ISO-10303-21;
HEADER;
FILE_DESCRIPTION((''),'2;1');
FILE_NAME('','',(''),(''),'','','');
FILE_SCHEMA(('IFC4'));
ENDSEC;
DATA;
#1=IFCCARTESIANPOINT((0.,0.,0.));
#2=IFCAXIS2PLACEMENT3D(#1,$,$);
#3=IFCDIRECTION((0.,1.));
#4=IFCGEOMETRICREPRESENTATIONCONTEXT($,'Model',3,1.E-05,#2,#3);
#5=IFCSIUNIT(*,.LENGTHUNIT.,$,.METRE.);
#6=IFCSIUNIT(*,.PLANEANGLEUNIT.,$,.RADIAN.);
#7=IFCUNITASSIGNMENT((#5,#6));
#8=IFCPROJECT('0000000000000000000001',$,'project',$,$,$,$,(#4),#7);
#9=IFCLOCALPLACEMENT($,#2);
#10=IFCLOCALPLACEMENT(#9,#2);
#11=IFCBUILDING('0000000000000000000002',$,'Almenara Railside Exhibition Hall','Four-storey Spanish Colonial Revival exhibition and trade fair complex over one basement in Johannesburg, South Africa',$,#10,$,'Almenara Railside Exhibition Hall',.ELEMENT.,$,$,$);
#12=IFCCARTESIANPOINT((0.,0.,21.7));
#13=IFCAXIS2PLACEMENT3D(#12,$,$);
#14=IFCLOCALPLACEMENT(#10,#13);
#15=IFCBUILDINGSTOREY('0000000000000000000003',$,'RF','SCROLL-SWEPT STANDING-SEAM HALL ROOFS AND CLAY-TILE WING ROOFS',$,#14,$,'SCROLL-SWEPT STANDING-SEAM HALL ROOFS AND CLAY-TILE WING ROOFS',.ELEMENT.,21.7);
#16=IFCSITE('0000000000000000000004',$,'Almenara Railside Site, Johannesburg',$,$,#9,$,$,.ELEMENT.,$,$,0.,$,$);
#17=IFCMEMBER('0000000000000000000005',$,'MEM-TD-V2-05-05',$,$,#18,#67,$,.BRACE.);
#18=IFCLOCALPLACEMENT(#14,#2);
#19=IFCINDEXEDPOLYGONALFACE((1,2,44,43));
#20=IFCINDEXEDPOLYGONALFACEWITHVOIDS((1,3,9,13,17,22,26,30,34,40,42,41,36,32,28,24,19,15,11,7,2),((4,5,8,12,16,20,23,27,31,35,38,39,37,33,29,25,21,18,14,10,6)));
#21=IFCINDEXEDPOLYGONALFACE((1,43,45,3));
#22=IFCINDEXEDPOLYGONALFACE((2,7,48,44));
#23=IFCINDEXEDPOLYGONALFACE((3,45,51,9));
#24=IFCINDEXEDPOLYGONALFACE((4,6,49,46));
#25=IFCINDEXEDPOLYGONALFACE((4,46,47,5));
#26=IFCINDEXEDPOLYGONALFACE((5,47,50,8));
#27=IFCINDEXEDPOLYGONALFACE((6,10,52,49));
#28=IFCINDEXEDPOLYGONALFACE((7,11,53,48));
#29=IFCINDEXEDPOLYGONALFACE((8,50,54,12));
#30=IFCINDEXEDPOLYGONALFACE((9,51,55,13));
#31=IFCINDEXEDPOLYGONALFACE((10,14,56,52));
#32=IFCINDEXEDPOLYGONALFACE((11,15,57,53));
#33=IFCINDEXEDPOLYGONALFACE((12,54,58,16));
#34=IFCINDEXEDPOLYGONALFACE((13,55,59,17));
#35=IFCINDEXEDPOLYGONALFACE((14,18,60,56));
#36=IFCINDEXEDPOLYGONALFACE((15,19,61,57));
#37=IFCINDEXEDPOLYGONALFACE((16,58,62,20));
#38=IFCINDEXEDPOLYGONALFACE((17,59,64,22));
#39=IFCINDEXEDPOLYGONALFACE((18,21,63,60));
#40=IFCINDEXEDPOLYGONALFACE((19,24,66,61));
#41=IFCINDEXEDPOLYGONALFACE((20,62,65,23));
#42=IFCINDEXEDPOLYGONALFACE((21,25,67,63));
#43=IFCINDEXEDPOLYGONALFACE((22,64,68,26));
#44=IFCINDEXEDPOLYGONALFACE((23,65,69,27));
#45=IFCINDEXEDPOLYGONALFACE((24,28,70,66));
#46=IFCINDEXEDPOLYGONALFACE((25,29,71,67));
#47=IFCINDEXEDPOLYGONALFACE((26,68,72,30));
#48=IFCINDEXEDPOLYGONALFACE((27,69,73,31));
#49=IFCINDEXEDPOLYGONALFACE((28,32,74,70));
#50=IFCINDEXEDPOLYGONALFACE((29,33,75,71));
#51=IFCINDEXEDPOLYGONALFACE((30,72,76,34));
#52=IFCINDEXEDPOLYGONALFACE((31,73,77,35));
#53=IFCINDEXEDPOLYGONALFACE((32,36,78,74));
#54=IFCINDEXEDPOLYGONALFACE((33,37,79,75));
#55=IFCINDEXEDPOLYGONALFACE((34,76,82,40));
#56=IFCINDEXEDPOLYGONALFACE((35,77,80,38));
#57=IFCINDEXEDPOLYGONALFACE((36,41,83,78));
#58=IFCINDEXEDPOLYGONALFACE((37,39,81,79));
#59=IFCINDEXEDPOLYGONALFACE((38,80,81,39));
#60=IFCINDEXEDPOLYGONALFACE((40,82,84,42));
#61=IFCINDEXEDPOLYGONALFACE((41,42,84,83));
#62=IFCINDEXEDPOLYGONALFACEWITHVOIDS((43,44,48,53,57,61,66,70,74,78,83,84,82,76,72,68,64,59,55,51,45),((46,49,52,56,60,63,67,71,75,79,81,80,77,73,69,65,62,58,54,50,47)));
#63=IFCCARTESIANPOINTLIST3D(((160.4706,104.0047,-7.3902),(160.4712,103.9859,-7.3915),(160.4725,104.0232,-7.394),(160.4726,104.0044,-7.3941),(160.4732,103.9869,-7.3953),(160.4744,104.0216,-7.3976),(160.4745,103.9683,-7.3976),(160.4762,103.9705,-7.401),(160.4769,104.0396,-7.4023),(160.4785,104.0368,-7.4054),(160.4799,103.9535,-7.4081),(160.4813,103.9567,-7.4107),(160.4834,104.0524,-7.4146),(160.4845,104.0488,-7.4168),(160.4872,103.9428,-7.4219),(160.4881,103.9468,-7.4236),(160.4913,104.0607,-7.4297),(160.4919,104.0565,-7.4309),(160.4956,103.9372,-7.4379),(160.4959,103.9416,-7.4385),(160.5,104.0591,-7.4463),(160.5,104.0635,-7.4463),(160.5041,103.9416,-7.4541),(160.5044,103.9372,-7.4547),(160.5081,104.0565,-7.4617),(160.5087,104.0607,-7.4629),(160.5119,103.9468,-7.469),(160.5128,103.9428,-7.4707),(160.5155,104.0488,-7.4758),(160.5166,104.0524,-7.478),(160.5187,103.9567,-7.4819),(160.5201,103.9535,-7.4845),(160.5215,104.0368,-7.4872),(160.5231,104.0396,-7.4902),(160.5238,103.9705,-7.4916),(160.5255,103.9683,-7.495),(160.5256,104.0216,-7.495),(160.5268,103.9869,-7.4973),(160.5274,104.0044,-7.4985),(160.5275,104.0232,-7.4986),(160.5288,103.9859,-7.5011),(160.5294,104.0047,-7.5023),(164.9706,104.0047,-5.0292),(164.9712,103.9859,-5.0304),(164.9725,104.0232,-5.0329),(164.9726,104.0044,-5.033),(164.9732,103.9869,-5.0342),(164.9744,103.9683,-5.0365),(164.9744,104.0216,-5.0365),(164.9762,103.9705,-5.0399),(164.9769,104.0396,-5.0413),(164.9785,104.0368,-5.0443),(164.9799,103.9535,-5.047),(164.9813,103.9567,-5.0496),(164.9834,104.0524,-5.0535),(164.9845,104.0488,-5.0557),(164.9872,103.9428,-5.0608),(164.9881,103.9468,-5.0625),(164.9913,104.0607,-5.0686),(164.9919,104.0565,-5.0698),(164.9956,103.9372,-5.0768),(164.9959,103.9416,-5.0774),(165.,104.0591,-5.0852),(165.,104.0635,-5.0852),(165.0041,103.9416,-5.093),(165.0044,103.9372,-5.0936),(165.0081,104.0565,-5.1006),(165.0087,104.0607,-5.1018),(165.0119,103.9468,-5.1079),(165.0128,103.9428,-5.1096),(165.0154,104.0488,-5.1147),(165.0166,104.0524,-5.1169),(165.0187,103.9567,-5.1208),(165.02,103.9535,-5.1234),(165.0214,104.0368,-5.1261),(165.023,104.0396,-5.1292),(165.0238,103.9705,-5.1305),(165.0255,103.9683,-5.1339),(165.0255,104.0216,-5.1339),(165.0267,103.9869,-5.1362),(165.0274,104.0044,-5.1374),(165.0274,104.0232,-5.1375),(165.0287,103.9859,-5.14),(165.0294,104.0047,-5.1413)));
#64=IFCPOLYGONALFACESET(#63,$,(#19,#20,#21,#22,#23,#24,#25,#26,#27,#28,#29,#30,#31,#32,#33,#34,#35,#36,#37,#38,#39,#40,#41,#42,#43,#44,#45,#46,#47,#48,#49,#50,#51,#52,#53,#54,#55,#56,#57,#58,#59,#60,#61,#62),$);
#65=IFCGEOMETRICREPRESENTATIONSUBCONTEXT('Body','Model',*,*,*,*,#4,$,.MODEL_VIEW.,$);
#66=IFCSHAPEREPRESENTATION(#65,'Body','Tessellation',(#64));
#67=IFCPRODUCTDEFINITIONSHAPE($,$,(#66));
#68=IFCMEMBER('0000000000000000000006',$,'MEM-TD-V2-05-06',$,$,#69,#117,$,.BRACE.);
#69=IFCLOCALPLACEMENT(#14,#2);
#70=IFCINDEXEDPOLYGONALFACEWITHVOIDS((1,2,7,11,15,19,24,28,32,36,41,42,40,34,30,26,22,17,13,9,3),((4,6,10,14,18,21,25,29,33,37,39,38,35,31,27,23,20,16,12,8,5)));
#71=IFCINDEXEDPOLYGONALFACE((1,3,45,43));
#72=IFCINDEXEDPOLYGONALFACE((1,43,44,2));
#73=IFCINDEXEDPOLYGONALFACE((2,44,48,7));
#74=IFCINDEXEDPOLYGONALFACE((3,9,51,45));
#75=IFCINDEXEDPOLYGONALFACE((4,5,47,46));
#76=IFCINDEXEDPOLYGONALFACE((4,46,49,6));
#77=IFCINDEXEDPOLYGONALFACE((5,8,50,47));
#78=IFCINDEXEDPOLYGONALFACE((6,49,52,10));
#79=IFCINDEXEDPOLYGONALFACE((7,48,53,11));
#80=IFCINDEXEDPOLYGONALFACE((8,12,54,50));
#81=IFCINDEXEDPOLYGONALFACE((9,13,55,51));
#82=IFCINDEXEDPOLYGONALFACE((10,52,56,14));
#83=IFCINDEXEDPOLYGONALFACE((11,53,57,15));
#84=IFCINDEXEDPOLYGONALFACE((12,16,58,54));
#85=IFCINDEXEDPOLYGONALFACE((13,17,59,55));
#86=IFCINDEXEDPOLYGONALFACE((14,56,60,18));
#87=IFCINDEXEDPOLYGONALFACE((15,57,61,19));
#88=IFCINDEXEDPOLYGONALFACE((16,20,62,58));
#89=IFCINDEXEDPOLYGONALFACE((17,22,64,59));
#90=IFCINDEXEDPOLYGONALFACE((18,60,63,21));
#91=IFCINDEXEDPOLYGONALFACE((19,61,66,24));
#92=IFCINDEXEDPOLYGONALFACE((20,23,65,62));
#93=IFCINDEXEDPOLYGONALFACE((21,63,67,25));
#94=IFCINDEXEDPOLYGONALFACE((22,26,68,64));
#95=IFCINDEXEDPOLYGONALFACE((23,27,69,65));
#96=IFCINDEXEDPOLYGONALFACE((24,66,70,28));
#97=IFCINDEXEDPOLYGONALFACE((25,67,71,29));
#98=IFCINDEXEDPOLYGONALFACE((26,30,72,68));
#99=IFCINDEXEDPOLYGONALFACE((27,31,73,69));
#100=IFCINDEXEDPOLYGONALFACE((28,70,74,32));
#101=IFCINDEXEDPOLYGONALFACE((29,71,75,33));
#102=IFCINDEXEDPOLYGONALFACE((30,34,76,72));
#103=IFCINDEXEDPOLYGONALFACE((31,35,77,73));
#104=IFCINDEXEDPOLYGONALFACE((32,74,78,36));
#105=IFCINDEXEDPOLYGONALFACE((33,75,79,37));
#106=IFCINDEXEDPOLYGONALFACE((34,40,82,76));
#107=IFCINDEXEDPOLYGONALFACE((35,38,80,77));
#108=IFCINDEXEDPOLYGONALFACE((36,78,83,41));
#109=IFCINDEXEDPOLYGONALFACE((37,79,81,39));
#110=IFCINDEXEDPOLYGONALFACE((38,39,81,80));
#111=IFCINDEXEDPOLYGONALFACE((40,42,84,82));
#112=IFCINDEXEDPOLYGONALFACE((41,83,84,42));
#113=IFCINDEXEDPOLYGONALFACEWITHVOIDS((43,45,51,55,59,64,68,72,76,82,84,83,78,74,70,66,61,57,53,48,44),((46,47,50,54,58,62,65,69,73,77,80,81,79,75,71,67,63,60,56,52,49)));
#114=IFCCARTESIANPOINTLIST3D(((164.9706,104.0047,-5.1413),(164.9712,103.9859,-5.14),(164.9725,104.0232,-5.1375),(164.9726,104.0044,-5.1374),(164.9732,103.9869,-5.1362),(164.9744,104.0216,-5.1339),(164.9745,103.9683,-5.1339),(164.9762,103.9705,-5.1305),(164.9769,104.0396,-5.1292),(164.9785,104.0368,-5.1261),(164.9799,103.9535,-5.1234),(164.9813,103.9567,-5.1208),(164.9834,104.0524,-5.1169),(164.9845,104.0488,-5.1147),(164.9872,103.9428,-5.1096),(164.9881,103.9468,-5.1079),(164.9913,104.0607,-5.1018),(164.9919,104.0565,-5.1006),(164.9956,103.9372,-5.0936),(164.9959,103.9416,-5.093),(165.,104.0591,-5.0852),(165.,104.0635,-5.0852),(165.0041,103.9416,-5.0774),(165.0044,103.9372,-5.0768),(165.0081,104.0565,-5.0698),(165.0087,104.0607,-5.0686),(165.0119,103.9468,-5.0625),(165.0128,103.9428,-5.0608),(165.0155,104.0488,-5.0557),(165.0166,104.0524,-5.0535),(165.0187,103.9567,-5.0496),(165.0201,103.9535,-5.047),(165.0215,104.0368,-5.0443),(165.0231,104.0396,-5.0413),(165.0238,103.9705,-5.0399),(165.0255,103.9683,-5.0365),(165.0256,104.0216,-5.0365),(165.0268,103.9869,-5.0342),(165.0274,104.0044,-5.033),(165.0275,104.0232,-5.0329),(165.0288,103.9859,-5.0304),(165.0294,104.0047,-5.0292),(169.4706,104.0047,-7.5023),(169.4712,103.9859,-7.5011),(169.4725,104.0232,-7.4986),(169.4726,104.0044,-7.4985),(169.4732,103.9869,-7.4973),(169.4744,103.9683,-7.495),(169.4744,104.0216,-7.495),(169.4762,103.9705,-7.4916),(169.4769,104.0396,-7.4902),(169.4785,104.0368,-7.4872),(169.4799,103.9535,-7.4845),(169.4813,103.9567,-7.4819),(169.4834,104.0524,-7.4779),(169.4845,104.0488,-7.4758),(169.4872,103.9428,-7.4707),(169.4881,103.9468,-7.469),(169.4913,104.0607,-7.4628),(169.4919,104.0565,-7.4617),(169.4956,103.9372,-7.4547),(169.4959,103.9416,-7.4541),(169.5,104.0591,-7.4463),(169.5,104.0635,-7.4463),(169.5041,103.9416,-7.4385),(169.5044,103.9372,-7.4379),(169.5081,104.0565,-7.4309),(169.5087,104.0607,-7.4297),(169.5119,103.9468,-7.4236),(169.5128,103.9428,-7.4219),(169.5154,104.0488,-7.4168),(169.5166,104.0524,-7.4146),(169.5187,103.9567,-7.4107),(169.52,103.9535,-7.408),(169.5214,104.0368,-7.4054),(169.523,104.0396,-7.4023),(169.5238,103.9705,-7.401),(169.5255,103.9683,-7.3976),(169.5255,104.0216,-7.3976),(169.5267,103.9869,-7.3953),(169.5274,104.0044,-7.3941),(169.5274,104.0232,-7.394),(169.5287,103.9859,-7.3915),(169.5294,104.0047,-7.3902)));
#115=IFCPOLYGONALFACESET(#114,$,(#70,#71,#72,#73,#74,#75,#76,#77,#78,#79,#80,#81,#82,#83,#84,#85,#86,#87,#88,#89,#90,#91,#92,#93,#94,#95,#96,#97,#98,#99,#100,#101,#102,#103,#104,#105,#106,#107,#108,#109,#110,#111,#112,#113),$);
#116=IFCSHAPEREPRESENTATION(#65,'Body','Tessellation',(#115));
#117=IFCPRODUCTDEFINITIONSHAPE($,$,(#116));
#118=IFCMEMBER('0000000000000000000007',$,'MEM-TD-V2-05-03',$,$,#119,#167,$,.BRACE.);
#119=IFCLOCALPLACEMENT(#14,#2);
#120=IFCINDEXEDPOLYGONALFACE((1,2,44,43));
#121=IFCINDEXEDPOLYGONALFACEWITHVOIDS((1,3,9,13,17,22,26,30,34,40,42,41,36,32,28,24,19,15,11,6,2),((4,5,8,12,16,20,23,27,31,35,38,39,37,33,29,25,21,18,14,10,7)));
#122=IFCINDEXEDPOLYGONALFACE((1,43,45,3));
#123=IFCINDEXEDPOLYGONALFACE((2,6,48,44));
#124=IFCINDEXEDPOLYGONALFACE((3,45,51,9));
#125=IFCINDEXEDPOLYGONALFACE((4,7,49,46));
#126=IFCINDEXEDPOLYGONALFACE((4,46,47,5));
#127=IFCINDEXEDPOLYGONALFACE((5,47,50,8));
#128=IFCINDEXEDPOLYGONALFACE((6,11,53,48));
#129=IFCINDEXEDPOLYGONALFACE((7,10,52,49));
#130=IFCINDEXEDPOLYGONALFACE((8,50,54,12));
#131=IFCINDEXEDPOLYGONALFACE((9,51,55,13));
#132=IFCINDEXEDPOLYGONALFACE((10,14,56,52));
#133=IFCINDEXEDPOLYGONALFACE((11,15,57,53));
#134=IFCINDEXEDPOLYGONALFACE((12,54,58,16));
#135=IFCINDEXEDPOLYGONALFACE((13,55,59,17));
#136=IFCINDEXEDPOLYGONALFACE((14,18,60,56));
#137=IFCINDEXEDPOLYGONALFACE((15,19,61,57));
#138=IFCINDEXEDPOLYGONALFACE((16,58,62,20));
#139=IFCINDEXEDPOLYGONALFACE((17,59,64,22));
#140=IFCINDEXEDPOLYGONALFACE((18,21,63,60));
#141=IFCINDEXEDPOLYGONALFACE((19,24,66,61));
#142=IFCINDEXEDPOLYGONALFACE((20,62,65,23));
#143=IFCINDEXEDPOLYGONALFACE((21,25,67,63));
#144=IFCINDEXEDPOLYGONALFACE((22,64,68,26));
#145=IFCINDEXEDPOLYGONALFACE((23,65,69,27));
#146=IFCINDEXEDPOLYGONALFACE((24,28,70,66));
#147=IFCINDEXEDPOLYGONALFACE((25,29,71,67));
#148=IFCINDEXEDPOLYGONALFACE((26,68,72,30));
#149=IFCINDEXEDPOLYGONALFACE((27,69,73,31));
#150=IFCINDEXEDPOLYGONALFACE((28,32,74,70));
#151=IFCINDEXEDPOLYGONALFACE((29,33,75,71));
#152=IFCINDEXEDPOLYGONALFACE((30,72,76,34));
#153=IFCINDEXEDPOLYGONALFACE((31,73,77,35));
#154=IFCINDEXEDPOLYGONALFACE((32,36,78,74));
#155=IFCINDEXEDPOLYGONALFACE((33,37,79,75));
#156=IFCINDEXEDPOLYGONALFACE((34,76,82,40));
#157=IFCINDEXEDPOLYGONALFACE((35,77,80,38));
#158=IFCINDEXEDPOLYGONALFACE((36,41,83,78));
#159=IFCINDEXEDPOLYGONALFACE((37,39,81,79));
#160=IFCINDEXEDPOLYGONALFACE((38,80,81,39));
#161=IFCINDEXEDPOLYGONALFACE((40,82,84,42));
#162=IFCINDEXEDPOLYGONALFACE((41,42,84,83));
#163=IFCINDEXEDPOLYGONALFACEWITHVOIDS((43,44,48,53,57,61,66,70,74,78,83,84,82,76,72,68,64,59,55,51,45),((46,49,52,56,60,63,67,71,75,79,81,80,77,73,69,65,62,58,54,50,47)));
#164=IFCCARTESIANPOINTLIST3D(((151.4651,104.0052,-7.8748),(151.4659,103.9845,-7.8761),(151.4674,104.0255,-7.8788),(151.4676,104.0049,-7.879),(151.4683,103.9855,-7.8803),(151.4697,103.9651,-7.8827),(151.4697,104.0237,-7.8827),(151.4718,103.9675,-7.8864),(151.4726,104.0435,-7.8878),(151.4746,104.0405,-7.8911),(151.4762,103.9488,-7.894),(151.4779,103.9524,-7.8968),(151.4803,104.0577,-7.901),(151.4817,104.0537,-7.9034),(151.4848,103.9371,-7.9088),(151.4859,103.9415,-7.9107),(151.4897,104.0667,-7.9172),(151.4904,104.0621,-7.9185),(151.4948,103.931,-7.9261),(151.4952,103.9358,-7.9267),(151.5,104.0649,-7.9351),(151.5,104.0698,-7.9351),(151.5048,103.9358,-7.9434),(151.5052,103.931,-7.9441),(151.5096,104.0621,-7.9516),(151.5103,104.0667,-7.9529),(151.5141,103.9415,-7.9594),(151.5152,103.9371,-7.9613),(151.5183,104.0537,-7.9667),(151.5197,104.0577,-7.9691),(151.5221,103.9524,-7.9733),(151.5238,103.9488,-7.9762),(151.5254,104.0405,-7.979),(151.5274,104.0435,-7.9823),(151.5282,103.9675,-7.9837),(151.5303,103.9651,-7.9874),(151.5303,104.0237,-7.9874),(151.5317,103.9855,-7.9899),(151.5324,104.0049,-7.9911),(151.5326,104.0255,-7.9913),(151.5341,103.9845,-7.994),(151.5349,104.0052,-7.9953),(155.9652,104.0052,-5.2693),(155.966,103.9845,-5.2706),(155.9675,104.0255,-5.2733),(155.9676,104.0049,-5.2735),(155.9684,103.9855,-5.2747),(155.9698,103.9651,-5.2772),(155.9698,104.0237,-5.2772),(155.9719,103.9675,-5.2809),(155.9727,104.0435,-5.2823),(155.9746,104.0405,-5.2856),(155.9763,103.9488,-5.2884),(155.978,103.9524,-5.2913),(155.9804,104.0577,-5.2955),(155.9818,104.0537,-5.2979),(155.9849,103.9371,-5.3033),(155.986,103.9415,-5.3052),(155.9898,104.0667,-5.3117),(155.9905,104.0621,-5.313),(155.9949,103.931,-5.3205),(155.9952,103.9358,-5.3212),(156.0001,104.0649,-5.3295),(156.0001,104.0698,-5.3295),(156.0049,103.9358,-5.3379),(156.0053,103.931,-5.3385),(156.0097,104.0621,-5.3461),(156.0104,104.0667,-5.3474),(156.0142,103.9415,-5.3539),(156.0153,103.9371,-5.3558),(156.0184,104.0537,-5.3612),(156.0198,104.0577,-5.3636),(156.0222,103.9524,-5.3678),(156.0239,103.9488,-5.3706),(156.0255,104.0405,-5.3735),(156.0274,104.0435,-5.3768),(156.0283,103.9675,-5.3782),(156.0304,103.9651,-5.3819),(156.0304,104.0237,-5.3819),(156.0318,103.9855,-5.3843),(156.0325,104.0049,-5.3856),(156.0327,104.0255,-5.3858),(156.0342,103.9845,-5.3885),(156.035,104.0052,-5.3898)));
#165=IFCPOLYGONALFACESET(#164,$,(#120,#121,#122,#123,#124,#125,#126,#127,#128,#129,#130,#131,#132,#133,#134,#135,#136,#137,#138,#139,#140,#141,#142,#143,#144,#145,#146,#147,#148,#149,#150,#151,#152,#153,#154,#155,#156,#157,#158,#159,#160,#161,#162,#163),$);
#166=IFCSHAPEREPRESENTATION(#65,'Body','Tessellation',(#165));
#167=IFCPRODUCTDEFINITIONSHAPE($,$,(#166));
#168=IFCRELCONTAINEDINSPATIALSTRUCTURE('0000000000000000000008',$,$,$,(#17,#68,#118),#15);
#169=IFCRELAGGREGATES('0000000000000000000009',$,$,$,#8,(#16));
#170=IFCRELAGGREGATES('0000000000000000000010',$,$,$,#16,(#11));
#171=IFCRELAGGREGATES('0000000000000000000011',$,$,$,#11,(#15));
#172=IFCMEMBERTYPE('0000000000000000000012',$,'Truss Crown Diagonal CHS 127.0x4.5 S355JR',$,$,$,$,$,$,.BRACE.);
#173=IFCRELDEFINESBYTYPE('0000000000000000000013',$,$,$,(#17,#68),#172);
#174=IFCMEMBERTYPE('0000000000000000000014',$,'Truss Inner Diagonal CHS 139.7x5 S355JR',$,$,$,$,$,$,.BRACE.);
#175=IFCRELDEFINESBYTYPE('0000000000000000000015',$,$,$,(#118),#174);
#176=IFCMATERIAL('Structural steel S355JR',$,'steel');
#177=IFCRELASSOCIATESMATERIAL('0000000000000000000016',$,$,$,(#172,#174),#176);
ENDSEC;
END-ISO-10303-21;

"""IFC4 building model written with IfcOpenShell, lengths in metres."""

from ifc_helpers import new_model, si_unit, direction, frame, origin, origin_2d, place, context, subcontext, project, spatial, hollow_circle, extrude, material, material_profile, profile_set, type_object, element, save


model = new_model("IFC4")

# Units and contexts
model_context = context("Model", 3, precision=1e-05, world=origin(), true_north=direction((0.0, 1.0)))
body_context = subcontext(model_context, "Body", "Model", "MODEL_VIEW")
ifc_project = project(units=[si_unit("LENGTHUNIT", "METRE"), si_unit("PLANEANGLEUNIT", "RADIAN")], contexts=[model_context])

# Site, building, storey
site_placement = place(None, origin())
site = spatial("IfcSite", under=ifc_project, at=site_placement, Name="Almenara Railside Site, Johannesburg", CompositionType="ELEMENT", RefElevation=0.0)
building_placement = place(site_placement, origin())
building = spatial("IfcBuilding", under=site, at=building_placement, Name="Almenara Railside Exhibition Hall", Description="Four-storey Spanish Colonial Revival exhibition and trade fair complex over one basement in Johannesburg, South Africa", LongName="Almenara Railside Exhibition Hall", CompositionType="ELEMENT")
storey_placement = place(building_placement, frame((0.0, 0.0, 21.7)))
storey = spatial("IfcBuildingStorey", under=building, at=storey_placement, Name="RF", Description="SCROLL-SWEPT STANDING-SEAM HALL ROOFS AND CLAY-TILE WING ROOFS", LongName="SCROLL-SWEPT STANDING-SEAM HALL ROOFS AND CLAY-TILE WING ROOFS", CompositionType="ELEMENT", Elevation=21.7)

# Members
ifc_material_1 = material(Name="Structural steel S355JR", Category="steel")
ifc_material_profile_1 = material_profile(ifc_material_1, hollow_circle(Radius=0.0635, WallThickness=0.0044, at=origin_2d()), Name="CHS 127.0x4.5")
ifc_profile_set_1 = profile_set([ifc_material_profile_1], Name="Structural steel S355JR")
member_type_1 = type_object("IfcMemberType", Name="Truss Crown Diagonal CHS 127.0x4.5 S355JR", PredefinedType="BRACE", material=ifc_profile_set_1)
for number, where, z_axis, x_axis, name in (
    (1, (160.5, 104.0, -7.4463), (0.885513, 0.0, 0.464615), (0.0, 1.0, 0.0), "MEM-TD-V2-05-05"),
    (2, (165.0, 104.0, -5.0852), (0.885513, 0.0, -0.464615), (0.0, 1.0, 0.0), "MEM-TD-V2-05-06"),
):
    element("IfcMember", number, at=place(storey_placement, frame(where, z_axis=z_axis, x_axis=x_axis)), inside=storey, type_object=member_type_1, Name=name, PredefinedType="BRACE", context=body_context, shape_type="SweptSolid", body=[
        extrude(hollow_circle(Radius=0.0635, WallThickness=0.0044, at=origin_2d()), origin(), (0.0, 0.0, 1.0), 5.0818),
    ])
ifc_material_profile_2 = material_profile(ifc_material_1, hollow_circle(Radius=0.0698, WallThickness=0.0049, at=origin_2d()), Name="CHS 139.7x5")
ifc_profile_set_2 = profile_set([ifc_material_profile_2], Name="Structural steel S355JR")
member_type_2 = type_object("IfcMemberType", Name="Truss Inner Diagonal CHS 139.7x5 S355JR", PredefinedType="BRACE", material=ifc_profile_set_2)
member_1_placement = place(storey_placement, frame((151.5, 104.0, -7.9351), z_axis=(0.865409, 0.0, 0.501066), x_axis=(0.0, 1.0, 0.0)))
element("IfcMember", 3, at=member_1_placement, inside=storey, type_object=member_type_2, Name="MEM-TD-V2-05-03", PredefinedType="BRACE", context=body_context, shape_type="SweptSolid", body=[
    extrude(hollow_circle(Radius=0.0698, WallThickness=0.0049, at=origin_2d()), origin(), (0.0, 0.0, 1.0), 5.2),
])

save(model, "model.ifc")
